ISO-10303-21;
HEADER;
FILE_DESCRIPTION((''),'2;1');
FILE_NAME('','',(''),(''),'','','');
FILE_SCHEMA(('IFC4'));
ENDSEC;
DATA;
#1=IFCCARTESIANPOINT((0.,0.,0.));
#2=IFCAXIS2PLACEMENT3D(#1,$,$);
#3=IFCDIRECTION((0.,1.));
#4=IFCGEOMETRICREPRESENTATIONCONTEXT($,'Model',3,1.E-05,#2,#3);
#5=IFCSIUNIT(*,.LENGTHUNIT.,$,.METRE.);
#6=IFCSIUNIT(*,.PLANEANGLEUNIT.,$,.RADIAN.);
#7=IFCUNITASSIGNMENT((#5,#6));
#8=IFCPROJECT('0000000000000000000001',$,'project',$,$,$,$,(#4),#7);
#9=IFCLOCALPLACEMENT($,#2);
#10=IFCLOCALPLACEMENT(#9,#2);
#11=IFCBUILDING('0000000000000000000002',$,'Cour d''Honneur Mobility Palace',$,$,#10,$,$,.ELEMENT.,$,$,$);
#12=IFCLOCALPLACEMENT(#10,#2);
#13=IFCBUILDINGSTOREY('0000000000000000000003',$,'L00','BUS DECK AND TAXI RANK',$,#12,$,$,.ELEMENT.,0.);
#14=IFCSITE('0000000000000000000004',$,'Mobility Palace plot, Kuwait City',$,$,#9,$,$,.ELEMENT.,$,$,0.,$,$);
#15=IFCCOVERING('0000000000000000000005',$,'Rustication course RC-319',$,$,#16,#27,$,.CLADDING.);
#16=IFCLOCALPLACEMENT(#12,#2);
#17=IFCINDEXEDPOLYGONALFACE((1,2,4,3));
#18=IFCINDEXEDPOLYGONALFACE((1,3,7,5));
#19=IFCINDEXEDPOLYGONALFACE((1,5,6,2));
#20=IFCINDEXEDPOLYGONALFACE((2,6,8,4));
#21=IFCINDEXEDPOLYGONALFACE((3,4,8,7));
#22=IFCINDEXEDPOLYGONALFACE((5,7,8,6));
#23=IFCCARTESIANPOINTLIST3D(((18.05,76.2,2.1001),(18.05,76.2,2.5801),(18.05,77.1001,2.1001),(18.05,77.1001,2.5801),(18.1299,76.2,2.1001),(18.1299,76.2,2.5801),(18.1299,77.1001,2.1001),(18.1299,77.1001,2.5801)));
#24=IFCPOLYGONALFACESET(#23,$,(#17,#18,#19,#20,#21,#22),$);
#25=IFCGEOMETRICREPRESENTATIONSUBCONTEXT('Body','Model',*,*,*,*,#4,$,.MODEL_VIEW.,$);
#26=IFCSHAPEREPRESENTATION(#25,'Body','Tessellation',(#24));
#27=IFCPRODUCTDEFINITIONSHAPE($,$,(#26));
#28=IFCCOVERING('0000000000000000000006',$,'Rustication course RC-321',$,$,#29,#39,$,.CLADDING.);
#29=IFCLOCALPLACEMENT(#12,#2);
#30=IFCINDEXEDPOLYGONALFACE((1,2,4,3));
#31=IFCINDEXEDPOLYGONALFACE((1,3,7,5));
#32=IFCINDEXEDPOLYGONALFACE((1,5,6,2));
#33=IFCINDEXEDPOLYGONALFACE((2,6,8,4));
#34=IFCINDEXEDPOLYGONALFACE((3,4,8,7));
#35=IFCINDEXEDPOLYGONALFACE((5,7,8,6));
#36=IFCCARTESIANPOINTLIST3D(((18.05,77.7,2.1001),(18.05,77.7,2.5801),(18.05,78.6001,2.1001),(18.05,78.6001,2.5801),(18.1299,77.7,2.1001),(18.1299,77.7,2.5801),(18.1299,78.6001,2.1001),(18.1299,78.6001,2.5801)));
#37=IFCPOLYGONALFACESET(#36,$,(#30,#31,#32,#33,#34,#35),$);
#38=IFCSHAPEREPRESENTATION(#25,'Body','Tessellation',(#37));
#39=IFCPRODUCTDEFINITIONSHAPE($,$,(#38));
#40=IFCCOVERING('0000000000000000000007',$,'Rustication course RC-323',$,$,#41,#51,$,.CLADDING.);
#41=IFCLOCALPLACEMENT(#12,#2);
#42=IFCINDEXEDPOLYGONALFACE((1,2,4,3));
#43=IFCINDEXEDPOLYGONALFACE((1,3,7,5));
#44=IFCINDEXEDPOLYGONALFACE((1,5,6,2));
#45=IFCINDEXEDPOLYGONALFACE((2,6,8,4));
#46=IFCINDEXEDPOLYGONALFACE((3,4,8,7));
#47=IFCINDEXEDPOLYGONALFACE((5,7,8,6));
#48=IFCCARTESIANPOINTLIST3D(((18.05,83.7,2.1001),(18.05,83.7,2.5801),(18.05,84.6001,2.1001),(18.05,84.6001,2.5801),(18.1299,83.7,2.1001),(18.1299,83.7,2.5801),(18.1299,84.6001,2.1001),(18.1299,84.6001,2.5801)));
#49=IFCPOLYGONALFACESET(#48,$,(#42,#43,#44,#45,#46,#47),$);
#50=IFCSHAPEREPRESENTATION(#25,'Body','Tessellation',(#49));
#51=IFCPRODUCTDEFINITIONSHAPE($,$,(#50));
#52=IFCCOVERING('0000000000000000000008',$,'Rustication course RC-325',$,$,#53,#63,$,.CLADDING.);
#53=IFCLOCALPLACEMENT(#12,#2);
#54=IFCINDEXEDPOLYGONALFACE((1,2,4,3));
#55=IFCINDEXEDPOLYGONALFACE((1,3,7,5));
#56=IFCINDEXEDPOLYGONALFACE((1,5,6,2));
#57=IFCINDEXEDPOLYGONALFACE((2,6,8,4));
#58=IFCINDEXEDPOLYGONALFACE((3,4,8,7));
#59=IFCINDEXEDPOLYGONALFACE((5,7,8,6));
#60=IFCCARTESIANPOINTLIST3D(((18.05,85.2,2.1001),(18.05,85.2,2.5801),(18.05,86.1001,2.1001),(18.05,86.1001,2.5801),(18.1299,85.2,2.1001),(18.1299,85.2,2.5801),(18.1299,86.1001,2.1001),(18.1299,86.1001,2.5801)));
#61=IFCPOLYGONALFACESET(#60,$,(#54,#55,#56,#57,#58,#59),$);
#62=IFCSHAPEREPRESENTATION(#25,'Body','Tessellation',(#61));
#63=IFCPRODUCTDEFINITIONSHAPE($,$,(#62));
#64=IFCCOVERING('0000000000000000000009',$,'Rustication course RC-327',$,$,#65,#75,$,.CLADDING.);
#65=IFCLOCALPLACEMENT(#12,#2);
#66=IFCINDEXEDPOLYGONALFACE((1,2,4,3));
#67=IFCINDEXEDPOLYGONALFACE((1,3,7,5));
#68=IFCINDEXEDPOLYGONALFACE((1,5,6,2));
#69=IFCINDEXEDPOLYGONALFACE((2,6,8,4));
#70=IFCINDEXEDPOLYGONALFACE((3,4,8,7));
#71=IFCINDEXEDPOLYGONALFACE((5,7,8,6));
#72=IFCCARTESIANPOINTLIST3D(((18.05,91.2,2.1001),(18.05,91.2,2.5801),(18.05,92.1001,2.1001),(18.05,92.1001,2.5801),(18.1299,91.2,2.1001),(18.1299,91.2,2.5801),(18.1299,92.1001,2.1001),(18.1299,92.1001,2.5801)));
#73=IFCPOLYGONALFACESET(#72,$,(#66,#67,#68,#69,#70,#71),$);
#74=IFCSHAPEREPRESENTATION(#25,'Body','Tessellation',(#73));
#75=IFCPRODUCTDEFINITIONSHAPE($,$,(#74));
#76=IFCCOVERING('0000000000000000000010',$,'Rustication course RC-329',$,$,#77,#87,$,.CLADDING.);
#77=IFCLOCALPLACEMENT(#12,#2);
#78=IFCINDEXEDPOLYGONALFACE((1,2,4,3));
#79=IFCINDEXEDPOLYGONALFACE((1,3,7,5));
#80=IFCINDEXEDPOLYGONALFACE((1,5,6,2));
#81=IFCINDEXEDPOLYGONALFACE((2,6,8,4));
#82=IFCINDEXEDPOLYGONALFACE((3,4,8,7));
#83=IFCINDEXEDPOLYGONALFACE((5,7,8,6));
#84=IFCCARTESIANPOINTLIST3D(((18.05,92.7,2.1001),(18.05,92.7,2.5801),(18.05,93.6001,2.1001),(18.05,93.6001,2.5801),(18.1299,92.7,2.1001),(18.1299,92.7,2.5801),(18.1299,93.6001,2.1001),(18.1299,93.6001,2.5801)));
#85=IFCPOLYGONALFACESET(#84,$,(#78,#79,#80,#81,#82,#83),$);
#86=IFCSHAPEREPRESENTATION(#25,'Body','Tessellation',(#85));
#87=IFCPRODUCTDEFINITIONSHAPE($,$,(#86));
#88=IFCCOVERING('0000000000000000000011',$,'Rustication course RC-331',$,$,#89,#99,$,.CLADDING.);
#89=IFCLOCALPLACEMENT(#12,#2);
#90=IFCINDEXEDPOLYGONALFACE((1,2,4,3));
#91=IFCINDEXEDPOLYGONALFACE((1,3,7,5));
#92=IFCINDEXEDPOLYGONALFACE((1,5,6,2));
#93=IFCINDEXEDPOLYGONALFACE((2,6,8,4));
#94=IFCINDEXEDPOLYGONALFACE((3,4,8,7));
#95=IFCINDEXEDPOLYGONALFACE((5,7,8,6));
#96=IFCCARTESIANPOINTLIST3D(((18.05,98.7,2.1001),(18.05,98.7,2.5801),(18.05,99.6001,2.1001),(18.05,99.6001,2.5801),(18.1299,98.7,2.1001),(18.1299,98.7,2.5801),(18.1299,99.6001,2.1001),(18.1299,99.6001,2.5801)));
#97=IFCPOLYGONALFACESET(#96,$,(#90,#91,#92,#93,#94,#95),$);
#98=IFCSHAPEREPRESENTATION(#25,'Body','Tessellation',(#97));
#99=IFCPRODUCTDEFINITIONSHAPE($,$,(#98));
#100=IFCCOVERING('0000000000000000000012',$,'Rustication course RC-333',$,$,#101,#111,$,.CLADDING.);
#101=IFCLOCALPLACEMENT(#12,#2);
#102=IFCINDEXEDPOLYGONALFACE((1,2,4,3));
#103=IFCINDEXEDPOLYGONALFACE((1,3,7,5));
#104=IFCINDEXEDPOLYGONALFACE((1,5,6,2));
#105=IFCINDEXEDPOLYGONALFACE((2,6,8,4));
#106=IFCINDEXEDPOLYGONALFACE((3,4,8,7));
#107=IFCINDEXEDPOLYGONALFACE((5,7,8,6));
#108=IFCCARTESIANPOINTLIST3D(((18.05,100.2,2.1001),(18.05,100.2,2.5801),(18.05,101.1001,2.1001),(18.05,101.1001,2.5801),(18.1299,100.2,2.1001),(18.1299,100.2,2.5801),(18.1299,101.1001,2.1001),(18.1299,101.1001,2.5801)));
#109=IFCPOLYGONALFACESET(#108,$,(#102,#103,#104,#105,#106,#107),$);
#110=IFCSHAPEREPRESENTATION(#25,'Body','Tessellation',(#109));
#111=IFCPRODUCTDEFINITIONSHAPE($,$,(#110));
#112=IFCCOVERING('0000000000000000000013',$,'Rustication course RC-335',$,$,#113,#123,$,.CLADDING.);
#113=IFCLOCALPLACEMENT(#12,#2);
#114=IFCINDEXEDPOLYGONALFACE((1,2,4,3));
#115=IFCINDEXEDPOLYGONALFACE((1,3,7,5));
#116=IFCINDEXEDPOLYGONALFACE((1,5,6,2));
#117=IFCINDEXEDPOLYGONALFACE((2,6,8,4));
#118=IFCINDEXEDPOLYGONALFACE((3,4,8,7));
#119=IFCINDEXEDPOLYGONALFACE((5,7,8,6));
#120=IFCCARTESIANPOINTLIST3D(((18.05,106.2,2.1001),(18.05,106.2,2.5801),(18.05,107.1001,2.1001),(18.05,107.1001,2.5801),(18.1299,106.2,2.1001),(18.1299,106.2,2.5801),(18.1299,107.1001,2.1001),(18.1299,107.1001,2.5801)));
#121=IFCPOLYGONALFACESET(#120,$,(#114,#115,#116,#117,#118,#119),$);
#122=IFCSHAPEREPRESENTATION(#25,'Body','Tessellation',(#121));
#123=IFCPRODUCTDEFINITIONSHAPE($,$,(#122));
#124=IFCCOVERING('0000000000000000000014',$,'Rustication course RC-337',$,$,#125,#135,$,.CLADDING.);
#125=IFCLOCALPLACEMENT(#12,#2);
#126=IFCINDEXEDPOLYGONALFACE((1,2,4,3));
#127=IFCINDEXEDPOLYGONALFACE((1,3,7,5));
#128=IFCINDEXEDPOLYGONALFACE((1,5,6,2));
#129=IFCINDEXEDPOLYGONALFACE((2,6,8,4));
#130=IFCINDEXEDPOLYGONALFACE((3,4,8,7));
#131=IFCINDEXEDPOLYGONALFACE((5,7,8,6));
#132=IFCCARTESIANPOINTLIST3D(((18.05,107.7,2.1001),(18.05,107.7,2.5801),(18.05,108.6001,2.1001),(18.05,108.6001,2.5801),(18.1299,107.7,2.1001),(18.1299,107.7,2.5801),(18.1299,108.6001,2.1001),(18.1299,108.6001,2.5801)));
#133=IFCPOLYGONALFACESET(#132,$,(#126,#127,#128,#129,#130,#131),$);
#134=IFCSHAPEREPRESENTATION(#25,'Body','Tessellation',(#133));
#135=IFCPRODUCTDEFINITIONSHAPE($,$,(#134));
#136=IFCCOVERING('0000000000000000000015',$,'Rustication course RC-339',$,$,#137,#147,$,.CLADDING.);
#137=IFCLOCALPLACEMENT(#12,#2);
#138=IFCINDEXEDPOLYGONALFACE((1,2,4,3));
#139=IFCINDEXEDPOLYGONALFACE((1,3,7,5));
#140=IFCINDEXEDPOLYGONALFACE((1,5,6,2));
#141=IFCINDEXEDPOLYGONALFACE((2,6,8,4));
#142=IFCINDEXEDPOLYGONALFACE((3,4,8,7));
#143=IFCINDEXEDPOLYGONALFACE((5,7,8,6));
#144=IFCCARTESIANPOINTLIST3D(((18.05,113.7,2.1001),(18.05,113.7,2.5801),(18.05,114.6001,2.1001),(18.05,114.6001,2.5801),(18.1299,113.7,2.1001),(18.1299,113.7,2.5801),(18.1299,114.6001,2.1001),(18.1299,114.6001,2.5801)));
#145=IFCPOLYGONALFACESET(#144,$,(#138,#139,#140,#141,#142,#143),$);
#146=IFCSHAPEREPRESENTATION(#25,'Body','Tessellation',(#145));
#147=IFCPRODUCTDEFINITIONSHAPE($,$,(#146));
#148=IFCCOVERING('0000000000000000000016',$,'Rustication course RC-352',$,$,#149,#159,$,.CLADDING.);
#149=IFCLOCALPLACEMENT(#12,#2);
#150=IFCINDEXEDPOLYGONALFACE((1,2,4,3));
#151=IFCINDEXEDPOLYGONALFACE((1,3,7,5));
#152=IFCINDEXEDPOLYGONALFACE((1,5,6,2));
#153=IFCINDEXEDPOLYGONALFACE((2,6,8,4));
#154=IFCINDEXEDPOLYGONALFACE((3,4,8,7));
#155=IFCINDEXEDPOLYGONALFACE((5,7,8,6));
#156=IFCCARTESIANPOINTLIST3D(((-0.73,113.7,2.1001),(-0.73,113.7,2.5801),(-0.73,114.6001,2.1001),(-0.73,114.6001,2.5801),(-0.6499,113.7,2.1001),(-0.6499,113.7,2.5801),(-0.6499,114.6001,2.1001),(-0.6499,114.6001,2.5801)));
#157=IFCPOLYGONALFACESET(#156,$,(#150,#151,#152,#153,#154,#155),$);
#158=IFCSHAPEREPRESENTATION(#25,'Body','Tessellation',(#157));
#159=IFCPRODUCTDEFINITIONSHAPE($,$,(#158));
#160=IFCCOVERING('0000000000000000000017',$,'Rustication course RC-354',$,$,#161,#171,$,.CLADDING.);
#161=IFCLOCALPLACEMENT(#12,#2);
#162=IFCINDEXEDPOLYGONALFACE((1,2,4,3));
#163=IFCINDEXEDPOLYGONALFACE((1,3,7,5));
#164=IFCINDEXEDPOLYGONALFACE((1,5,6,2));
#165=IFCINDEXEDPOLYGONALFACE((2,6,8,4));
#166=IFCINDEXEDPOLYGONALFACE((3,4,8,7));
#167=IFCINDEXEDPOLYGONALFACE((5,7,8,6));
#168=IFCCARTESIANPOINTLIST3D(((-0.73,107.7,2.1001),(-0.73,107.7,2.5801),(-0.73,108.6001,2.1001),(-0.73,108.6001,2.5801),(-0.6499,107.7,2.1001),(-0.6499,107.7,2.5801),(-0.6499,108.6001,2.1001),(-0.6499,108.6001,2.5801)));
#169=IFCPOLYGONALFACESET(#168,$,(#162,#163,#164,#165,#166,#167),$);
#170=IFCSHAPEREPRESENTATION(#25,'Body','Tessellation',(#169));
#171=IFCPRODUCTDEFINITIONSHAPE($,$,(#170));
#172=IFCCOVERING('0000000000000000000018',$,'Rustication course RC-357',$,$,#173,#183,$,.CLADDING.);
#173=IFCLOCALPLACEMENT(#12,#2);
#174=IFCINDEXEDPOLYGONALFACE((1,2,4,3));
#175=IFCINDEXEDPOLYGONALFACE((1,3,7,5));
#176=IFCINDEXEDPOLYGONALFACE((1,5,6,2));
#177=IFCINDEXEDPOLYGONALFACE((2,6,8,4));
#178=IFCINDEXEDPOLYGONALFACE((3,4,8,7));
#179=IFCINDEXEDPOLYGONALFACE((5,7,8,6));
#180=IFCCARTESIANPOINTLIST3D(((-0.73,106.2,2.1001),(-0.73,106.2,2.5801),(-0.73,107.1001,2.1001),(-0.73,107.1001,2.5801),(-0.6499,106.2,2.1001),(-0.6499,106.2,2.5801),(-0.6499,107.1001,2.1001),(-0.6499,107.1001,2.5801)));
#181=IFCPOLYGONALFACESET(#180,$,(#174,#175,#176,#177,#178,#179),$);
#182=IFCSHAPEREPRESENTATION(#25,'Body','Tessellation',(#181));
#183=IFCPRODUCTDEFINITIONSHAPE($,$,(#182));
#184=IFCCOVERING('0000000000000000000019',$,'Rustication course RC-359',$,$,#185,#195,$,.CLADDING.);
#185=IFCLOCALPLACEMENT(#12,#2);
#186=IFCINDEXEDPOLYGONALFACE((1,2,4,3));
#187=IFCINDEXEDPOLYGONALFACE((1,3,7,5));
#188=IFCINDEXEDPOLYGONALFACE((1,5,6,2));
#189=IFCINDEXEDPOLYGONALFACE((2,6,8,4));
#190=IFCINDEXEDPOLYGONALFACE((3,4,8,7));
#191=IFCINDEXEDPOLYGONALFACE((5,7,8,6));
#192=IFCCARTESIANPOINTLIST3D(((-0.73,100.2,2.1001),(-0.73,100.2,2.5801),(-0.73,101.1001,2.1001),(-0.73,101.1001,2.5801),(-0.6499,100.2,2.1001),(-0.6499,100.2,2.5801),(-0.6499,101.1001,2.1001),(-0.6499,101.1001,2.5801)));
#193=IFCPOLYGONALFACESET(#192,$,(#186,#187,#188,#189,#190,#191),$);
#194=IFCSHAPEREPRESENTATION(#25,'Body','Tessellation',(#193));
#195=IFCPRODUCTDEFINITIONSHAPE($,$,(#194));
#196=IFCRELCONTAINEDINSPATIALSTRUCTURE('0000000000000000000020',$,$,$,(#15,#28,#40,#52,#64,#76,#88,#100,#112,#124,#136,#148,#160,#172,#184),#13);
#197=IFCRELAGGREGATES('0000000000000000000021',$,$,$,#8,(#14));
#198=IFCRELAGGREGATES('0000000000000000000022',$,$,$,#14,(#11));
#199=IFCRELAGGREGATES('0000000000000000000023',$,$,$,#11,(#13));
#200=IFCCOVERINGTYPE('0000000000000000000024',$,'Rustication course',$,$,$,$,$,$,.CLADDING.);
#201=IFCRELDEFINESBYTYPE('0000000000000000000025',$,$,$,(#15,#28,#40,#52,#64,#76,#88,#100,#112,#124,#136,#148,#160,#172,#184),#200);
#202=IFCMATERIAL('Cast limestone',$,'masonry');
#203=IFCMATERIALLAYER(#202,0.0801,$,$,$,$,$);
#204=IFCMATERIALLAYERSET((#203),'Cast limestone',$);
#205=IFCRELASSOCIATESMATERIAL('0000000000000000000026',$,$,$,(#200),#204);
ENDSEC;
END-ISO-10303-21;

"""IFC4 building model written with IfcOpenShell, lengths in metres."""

from ifc_helpers import new_model, si_unit, direction, frame, origin, place, context, subcontext, project, spatial, polyline, outline, extrude, material, layer, layer_set, type_object, element, save


model = new_model("IFC4")

# Units and contexts
model_context = context("Model", 3, precision=1e-05, world=origin(), true_north=direction((0.0, 1.0)))
body_context = subcontext(model_context, "Body", "Model", "MODEL_VIEW")
ifc_project = project(units=[si_unit("LENGTHUNIT", "METRE"), si_unit("PLANEANGLEUNIT", "RADIAN")], contexts=[model_context])

# Site, building, storey
site_placement = place(None, origin())
site = spatial("IfcSite", under=ifc_project, at=site_placement, Name="Mobility Palace plot, Kuwait City", CompositionType="ELEMENT", RefElevation=0.0)
building_placement = place(site_placement, origin())
building = spatial("IfcBuilding", under=site, at=building_placement, Name="Cour d'Honneur Mobility Palace", CompositionType="ELEMENT")
storey_placement = place(building_placement, origin())
storey = spatial("IfcBuildingStorey", under=building, at=storey_placement, Name="L00", Description="BUS DECK AND TAXI RANK", CompositionType="ELEMENT", Elevation=0.0)

# Coverings
ifc_material = material(Name="Cast limestone", Category="masonry")
ifc_layer = layer(ifc_material, 0.0801)
ifc_layer_set = layer_set([ifc_layer], Name="Cast limestone")
covering_type = type_object("IfcCoveringType", Name="Rustication course", PredefinedType="CLADDING", material=ifc_layer_set)
covering_1_placement = place(storey_placement, frame((0.0, 0.0, 2.1001)))
element("IfcCovering", 1, at=covering_1_placement, inside=storey, type_object=covering_type, Name="Rustication course RC-319", PredefinedType="CLADDING", context=body_context, shape_type="SweptSolid", body=[
    extrude(outline(polyline([(18.05, 76.2), (18.05, 77.1001), (18.1299, 77.1001), (18.1299, 76.2), (18.05, 76.2)])), origin(), (0.0, 0.0, 1.0), 0.48),
])
covering_2_placement = place(storey_placement, frame((0.0, 0.0, 2.1001)))
element("IfcCovering", 2, at=covering_2_placement, inside=storey, type_object=covering_type, Name="Rustication course RC-321", PredefinedType="CLADDING", context=body_context, shape_type="SweptSolid", body=[
    extrude(outline(polyline([(18.05, 77.7), (18.05, 78.6001), (18.1299, 78.6001), (18.1299, 77.7), (18.05, 77.7)])), origin(), (0.0, 0.0, 1.0), 0.48),
])
covering_3_placement = place(storey_placement, frame((0.0, 0.0, 2.1001)))
element("IfcCovering", 3, at=covering_3_placement, inside=storey, type_object=covering_type, Name="Rustication course RC-323", PredefinedType="CLADDING", context=body_context, shape_type="SweptSolid", body=[
    extrude(outline(polyline([(18.05, 83.7), (18.05, 84.6001), (18.1299, 84.6001), (18.1299, 83.7), (18.05, 83.7)])), origin(), (0.0, 0.0, 1.0), 0.48),
])
covering_4_placement = place(storey_placement, frame((0.0, 0.0, 2.1001)))
element("IfcCovering", 4, at=covering_4_placement, inside=storey, type_object=covering_type, Name="Rustication course RC-325", PredefinedType="CLADDING", context=body_context, shape_type="SweptSolid", body=[
    extrude(outline(polyline([(18.05, 85.2), (18.05, 86.1001), (18.1299, 86.1001), (18.1299, 85.2), (18.05, 85.2)])), origin(), (0.0, 0.0, 1.0), 0.48),
])
covering_5_placement = place(storey_placement, frame((0.0, 0.0, 2.1001)))
element("IfcCovering", 5, at=covering_5_placement, inside=storey, type_object=covering_type, Name="Rustication course RC-327", PredefinedType="CLADDING", context=body_context, shape_type="SweptSolid", body=[
    extrude(outline(polyline([(18.05, 91.2), (18.05, 92.1001), (18.1299, 92.1001), (18.1299, 91.2), (18.05, 91.2)])), origin(), (0.0, 0.0, 1.0), 0.48),
])
covering_6_placement = place(storey_placement, frame((0.0, 0.0, 2.1001)))
element("IfcCovering", 6, at=covering_6_placement, inside=storey, type_object=covering_type, Name="Rustication course RC-329", PredefinedType="CLADDING", context=body_context, shape_type="SweptSolid", body=[
    extrude(outline(polyline([(18.05, 92.7), (18.05, 93.6001), (18.1299, 93.6001), (18.1299, 92.7), (18.05, 92.7)])), origin(), (0.0, 0.0, 1.0), 0.48),
])
covering_7_placement = place(storey_placement, frame((0.0, 0.0, 2.1001)))
element("IfcCovering", 7, at=covering_7_placement, inside=storey, type_object=covering_type, Name="Rustication course RC-331", PredefinedType="CLADDING", context=body_context, shape_type="SweptSolid", body=[
    extrude(outline(polyline([(18.05, 98.7), (18.05, 99.6001), (18.1299, 99.6001), (18.1299, 98.7), (18.05, 98.7)])), origin(), (0.0, 0.0, 1.0), 0.48),
])
covering_8_placement = place(storey_placement, frame((0.0, 0.0, 2.1001)))
element("IfcCovering", 8, at=covering_8_placement, inside=storey, type_object=covering_type, Name="Rustication course RC-333", PredefinedType="CLADDING", context=body_context, shape_type="SweptSolid", body=[
    extrude(outline(polyline([(18.05, 100.2), (18.05, 101.1001), (18.1299, 101.1001), (18.1299, 100.2), (18.05, 100.2)])), origin(), (0.0, 0.0, 1.0), 0.48),
])
covering_9_placement = place(storey_placement, frame((0.0, 0.0, 2.1001)))
element("IfcCovering", 9, at=covering_9_placement, inside=storey, type_object=covering_type, Name="Rustication course RC-335", PredefinedType="CLADDING", context=body_context, shape_type="SweptSolid", body=[
    extrude(outline(polyline([(18.05, 106.2), (18.05, 107.1001), (18.1299, 107.1001), (18.1299, 106.2), (18.05, 106.2)])), origin(), (0.0, 0.0, 1.0), 0.48),
])
covering_10_placement = place(storey_placement, frame((0.0, 0.0, 2.1001)))
element("IfcCovering", 10, at=covering_10_placement, inside=storey, type_object=covering_type, Name="Rustication course RC-337", PredefinedType="CLADDING", context=body_context, shape_type="SweptSolid", body=[
    extrude(outline(polyline([(18.05, 107.7), (18.05, 108.6001), (18.1299, 108.6001), (18.1299, 107.7), (18.05, 107.7)])), origin(), (0.0, 0.0, 1.0), 0.48),
])
covering_11_placement = place(storey_placement, frame((0.0, 0.0, 2.1001)))
element("IfcCovering", 11, at=covering_11_placement, inside=storey, type_object=covering_type, Name="Rustication course RC-339", PredefinedType="CLADDING", context=body_context, shape_type="SweptSolid", body=[
    extrude(outline(polyline([(18.05, 113.7), (18.05, 114.6001), (18.1299, 114.6001), (18.1299, 113.7), (18.05, 113.7)])), origin(), (0.0, 0.0, 1.0), 0.48),
])
covering_12_placement = place(storey_placement, frame((0.0, 0.0, 2.1001)))
element("IfcCovering", 12, at=covering_12_placement, inside=storey, type_object=covering_type, Name="Rustication course RC-352", PredefinedType="CLADDING", context=body_context, shape_type="SweptSolid", body=[
    extrude(outline(polyline([(-0.6499, 114.6001), (-0.6499, 113.7), (-0.73, 113.7), (-0.73, 114.6001), (-0.6499, 114.6001)])), origin(), (0.0, 0.0, 1.0), 0.48),
])
covering_13_placement = place(storey_placement, frame((0.0, 0.0, 2.1001)))
element("IfcCovering", 13, at=covering_13_placement, inside=storey, type_object=covering_type, Name="Rustication course RC-354", PredefinedType="CLADDING", context=body_context, shape_type="SweptSolid", body=[
    extrude(outline(polyline([(-0.6499, 108.6001), (-0.6499, 107.7), (-0.73, 107.7), (-0.73, 108.6001), (-0.6499, 108.6001)])), origin(), (0.0, 0.0, 1.0), 0.48),
])
covering_14_placement = place(storey_placement, frame((0.0, 0.0, 2.1001)))
element("IfcCovering", 14, at=covering_14_placement, inside=storey, type_object=covering_type, Name="Rustication course RC-357", PredefinedType="CLADDING", context=body_context, shape_type="SweptSolid", body=[
    extrude(outline(polyline([(-0.6499, 107.1001), (-0.6499, 106.2), (-0.73, 106.2), (-0.73, 107.1001), (-0.6499, 107.1001)])), origin(), (0.0, 0.0, 1.0), 0.48),
])
covering_15_placement = place(storey_placement, frame((0.0, 0.0, 2.1001)))
element("IfcCovering", 15, at=covering_15_placement, inside=storey, type_object=covering_type, Name="Rustication course RC-359", PredefinedType="CLADDING", context=body_context, shape_type="SweptSolid", body=[
    extrude(outline(polyline([(-0.6499, 101.1001), (-0.6499, 100.2), (-0.73, 100.2), (-0.73, 101.1001), (-0.6499, 101.1001)])), origin(), (0.0, 0.0, 1.0), 0.48),
])

save(model, "model.ifc")
